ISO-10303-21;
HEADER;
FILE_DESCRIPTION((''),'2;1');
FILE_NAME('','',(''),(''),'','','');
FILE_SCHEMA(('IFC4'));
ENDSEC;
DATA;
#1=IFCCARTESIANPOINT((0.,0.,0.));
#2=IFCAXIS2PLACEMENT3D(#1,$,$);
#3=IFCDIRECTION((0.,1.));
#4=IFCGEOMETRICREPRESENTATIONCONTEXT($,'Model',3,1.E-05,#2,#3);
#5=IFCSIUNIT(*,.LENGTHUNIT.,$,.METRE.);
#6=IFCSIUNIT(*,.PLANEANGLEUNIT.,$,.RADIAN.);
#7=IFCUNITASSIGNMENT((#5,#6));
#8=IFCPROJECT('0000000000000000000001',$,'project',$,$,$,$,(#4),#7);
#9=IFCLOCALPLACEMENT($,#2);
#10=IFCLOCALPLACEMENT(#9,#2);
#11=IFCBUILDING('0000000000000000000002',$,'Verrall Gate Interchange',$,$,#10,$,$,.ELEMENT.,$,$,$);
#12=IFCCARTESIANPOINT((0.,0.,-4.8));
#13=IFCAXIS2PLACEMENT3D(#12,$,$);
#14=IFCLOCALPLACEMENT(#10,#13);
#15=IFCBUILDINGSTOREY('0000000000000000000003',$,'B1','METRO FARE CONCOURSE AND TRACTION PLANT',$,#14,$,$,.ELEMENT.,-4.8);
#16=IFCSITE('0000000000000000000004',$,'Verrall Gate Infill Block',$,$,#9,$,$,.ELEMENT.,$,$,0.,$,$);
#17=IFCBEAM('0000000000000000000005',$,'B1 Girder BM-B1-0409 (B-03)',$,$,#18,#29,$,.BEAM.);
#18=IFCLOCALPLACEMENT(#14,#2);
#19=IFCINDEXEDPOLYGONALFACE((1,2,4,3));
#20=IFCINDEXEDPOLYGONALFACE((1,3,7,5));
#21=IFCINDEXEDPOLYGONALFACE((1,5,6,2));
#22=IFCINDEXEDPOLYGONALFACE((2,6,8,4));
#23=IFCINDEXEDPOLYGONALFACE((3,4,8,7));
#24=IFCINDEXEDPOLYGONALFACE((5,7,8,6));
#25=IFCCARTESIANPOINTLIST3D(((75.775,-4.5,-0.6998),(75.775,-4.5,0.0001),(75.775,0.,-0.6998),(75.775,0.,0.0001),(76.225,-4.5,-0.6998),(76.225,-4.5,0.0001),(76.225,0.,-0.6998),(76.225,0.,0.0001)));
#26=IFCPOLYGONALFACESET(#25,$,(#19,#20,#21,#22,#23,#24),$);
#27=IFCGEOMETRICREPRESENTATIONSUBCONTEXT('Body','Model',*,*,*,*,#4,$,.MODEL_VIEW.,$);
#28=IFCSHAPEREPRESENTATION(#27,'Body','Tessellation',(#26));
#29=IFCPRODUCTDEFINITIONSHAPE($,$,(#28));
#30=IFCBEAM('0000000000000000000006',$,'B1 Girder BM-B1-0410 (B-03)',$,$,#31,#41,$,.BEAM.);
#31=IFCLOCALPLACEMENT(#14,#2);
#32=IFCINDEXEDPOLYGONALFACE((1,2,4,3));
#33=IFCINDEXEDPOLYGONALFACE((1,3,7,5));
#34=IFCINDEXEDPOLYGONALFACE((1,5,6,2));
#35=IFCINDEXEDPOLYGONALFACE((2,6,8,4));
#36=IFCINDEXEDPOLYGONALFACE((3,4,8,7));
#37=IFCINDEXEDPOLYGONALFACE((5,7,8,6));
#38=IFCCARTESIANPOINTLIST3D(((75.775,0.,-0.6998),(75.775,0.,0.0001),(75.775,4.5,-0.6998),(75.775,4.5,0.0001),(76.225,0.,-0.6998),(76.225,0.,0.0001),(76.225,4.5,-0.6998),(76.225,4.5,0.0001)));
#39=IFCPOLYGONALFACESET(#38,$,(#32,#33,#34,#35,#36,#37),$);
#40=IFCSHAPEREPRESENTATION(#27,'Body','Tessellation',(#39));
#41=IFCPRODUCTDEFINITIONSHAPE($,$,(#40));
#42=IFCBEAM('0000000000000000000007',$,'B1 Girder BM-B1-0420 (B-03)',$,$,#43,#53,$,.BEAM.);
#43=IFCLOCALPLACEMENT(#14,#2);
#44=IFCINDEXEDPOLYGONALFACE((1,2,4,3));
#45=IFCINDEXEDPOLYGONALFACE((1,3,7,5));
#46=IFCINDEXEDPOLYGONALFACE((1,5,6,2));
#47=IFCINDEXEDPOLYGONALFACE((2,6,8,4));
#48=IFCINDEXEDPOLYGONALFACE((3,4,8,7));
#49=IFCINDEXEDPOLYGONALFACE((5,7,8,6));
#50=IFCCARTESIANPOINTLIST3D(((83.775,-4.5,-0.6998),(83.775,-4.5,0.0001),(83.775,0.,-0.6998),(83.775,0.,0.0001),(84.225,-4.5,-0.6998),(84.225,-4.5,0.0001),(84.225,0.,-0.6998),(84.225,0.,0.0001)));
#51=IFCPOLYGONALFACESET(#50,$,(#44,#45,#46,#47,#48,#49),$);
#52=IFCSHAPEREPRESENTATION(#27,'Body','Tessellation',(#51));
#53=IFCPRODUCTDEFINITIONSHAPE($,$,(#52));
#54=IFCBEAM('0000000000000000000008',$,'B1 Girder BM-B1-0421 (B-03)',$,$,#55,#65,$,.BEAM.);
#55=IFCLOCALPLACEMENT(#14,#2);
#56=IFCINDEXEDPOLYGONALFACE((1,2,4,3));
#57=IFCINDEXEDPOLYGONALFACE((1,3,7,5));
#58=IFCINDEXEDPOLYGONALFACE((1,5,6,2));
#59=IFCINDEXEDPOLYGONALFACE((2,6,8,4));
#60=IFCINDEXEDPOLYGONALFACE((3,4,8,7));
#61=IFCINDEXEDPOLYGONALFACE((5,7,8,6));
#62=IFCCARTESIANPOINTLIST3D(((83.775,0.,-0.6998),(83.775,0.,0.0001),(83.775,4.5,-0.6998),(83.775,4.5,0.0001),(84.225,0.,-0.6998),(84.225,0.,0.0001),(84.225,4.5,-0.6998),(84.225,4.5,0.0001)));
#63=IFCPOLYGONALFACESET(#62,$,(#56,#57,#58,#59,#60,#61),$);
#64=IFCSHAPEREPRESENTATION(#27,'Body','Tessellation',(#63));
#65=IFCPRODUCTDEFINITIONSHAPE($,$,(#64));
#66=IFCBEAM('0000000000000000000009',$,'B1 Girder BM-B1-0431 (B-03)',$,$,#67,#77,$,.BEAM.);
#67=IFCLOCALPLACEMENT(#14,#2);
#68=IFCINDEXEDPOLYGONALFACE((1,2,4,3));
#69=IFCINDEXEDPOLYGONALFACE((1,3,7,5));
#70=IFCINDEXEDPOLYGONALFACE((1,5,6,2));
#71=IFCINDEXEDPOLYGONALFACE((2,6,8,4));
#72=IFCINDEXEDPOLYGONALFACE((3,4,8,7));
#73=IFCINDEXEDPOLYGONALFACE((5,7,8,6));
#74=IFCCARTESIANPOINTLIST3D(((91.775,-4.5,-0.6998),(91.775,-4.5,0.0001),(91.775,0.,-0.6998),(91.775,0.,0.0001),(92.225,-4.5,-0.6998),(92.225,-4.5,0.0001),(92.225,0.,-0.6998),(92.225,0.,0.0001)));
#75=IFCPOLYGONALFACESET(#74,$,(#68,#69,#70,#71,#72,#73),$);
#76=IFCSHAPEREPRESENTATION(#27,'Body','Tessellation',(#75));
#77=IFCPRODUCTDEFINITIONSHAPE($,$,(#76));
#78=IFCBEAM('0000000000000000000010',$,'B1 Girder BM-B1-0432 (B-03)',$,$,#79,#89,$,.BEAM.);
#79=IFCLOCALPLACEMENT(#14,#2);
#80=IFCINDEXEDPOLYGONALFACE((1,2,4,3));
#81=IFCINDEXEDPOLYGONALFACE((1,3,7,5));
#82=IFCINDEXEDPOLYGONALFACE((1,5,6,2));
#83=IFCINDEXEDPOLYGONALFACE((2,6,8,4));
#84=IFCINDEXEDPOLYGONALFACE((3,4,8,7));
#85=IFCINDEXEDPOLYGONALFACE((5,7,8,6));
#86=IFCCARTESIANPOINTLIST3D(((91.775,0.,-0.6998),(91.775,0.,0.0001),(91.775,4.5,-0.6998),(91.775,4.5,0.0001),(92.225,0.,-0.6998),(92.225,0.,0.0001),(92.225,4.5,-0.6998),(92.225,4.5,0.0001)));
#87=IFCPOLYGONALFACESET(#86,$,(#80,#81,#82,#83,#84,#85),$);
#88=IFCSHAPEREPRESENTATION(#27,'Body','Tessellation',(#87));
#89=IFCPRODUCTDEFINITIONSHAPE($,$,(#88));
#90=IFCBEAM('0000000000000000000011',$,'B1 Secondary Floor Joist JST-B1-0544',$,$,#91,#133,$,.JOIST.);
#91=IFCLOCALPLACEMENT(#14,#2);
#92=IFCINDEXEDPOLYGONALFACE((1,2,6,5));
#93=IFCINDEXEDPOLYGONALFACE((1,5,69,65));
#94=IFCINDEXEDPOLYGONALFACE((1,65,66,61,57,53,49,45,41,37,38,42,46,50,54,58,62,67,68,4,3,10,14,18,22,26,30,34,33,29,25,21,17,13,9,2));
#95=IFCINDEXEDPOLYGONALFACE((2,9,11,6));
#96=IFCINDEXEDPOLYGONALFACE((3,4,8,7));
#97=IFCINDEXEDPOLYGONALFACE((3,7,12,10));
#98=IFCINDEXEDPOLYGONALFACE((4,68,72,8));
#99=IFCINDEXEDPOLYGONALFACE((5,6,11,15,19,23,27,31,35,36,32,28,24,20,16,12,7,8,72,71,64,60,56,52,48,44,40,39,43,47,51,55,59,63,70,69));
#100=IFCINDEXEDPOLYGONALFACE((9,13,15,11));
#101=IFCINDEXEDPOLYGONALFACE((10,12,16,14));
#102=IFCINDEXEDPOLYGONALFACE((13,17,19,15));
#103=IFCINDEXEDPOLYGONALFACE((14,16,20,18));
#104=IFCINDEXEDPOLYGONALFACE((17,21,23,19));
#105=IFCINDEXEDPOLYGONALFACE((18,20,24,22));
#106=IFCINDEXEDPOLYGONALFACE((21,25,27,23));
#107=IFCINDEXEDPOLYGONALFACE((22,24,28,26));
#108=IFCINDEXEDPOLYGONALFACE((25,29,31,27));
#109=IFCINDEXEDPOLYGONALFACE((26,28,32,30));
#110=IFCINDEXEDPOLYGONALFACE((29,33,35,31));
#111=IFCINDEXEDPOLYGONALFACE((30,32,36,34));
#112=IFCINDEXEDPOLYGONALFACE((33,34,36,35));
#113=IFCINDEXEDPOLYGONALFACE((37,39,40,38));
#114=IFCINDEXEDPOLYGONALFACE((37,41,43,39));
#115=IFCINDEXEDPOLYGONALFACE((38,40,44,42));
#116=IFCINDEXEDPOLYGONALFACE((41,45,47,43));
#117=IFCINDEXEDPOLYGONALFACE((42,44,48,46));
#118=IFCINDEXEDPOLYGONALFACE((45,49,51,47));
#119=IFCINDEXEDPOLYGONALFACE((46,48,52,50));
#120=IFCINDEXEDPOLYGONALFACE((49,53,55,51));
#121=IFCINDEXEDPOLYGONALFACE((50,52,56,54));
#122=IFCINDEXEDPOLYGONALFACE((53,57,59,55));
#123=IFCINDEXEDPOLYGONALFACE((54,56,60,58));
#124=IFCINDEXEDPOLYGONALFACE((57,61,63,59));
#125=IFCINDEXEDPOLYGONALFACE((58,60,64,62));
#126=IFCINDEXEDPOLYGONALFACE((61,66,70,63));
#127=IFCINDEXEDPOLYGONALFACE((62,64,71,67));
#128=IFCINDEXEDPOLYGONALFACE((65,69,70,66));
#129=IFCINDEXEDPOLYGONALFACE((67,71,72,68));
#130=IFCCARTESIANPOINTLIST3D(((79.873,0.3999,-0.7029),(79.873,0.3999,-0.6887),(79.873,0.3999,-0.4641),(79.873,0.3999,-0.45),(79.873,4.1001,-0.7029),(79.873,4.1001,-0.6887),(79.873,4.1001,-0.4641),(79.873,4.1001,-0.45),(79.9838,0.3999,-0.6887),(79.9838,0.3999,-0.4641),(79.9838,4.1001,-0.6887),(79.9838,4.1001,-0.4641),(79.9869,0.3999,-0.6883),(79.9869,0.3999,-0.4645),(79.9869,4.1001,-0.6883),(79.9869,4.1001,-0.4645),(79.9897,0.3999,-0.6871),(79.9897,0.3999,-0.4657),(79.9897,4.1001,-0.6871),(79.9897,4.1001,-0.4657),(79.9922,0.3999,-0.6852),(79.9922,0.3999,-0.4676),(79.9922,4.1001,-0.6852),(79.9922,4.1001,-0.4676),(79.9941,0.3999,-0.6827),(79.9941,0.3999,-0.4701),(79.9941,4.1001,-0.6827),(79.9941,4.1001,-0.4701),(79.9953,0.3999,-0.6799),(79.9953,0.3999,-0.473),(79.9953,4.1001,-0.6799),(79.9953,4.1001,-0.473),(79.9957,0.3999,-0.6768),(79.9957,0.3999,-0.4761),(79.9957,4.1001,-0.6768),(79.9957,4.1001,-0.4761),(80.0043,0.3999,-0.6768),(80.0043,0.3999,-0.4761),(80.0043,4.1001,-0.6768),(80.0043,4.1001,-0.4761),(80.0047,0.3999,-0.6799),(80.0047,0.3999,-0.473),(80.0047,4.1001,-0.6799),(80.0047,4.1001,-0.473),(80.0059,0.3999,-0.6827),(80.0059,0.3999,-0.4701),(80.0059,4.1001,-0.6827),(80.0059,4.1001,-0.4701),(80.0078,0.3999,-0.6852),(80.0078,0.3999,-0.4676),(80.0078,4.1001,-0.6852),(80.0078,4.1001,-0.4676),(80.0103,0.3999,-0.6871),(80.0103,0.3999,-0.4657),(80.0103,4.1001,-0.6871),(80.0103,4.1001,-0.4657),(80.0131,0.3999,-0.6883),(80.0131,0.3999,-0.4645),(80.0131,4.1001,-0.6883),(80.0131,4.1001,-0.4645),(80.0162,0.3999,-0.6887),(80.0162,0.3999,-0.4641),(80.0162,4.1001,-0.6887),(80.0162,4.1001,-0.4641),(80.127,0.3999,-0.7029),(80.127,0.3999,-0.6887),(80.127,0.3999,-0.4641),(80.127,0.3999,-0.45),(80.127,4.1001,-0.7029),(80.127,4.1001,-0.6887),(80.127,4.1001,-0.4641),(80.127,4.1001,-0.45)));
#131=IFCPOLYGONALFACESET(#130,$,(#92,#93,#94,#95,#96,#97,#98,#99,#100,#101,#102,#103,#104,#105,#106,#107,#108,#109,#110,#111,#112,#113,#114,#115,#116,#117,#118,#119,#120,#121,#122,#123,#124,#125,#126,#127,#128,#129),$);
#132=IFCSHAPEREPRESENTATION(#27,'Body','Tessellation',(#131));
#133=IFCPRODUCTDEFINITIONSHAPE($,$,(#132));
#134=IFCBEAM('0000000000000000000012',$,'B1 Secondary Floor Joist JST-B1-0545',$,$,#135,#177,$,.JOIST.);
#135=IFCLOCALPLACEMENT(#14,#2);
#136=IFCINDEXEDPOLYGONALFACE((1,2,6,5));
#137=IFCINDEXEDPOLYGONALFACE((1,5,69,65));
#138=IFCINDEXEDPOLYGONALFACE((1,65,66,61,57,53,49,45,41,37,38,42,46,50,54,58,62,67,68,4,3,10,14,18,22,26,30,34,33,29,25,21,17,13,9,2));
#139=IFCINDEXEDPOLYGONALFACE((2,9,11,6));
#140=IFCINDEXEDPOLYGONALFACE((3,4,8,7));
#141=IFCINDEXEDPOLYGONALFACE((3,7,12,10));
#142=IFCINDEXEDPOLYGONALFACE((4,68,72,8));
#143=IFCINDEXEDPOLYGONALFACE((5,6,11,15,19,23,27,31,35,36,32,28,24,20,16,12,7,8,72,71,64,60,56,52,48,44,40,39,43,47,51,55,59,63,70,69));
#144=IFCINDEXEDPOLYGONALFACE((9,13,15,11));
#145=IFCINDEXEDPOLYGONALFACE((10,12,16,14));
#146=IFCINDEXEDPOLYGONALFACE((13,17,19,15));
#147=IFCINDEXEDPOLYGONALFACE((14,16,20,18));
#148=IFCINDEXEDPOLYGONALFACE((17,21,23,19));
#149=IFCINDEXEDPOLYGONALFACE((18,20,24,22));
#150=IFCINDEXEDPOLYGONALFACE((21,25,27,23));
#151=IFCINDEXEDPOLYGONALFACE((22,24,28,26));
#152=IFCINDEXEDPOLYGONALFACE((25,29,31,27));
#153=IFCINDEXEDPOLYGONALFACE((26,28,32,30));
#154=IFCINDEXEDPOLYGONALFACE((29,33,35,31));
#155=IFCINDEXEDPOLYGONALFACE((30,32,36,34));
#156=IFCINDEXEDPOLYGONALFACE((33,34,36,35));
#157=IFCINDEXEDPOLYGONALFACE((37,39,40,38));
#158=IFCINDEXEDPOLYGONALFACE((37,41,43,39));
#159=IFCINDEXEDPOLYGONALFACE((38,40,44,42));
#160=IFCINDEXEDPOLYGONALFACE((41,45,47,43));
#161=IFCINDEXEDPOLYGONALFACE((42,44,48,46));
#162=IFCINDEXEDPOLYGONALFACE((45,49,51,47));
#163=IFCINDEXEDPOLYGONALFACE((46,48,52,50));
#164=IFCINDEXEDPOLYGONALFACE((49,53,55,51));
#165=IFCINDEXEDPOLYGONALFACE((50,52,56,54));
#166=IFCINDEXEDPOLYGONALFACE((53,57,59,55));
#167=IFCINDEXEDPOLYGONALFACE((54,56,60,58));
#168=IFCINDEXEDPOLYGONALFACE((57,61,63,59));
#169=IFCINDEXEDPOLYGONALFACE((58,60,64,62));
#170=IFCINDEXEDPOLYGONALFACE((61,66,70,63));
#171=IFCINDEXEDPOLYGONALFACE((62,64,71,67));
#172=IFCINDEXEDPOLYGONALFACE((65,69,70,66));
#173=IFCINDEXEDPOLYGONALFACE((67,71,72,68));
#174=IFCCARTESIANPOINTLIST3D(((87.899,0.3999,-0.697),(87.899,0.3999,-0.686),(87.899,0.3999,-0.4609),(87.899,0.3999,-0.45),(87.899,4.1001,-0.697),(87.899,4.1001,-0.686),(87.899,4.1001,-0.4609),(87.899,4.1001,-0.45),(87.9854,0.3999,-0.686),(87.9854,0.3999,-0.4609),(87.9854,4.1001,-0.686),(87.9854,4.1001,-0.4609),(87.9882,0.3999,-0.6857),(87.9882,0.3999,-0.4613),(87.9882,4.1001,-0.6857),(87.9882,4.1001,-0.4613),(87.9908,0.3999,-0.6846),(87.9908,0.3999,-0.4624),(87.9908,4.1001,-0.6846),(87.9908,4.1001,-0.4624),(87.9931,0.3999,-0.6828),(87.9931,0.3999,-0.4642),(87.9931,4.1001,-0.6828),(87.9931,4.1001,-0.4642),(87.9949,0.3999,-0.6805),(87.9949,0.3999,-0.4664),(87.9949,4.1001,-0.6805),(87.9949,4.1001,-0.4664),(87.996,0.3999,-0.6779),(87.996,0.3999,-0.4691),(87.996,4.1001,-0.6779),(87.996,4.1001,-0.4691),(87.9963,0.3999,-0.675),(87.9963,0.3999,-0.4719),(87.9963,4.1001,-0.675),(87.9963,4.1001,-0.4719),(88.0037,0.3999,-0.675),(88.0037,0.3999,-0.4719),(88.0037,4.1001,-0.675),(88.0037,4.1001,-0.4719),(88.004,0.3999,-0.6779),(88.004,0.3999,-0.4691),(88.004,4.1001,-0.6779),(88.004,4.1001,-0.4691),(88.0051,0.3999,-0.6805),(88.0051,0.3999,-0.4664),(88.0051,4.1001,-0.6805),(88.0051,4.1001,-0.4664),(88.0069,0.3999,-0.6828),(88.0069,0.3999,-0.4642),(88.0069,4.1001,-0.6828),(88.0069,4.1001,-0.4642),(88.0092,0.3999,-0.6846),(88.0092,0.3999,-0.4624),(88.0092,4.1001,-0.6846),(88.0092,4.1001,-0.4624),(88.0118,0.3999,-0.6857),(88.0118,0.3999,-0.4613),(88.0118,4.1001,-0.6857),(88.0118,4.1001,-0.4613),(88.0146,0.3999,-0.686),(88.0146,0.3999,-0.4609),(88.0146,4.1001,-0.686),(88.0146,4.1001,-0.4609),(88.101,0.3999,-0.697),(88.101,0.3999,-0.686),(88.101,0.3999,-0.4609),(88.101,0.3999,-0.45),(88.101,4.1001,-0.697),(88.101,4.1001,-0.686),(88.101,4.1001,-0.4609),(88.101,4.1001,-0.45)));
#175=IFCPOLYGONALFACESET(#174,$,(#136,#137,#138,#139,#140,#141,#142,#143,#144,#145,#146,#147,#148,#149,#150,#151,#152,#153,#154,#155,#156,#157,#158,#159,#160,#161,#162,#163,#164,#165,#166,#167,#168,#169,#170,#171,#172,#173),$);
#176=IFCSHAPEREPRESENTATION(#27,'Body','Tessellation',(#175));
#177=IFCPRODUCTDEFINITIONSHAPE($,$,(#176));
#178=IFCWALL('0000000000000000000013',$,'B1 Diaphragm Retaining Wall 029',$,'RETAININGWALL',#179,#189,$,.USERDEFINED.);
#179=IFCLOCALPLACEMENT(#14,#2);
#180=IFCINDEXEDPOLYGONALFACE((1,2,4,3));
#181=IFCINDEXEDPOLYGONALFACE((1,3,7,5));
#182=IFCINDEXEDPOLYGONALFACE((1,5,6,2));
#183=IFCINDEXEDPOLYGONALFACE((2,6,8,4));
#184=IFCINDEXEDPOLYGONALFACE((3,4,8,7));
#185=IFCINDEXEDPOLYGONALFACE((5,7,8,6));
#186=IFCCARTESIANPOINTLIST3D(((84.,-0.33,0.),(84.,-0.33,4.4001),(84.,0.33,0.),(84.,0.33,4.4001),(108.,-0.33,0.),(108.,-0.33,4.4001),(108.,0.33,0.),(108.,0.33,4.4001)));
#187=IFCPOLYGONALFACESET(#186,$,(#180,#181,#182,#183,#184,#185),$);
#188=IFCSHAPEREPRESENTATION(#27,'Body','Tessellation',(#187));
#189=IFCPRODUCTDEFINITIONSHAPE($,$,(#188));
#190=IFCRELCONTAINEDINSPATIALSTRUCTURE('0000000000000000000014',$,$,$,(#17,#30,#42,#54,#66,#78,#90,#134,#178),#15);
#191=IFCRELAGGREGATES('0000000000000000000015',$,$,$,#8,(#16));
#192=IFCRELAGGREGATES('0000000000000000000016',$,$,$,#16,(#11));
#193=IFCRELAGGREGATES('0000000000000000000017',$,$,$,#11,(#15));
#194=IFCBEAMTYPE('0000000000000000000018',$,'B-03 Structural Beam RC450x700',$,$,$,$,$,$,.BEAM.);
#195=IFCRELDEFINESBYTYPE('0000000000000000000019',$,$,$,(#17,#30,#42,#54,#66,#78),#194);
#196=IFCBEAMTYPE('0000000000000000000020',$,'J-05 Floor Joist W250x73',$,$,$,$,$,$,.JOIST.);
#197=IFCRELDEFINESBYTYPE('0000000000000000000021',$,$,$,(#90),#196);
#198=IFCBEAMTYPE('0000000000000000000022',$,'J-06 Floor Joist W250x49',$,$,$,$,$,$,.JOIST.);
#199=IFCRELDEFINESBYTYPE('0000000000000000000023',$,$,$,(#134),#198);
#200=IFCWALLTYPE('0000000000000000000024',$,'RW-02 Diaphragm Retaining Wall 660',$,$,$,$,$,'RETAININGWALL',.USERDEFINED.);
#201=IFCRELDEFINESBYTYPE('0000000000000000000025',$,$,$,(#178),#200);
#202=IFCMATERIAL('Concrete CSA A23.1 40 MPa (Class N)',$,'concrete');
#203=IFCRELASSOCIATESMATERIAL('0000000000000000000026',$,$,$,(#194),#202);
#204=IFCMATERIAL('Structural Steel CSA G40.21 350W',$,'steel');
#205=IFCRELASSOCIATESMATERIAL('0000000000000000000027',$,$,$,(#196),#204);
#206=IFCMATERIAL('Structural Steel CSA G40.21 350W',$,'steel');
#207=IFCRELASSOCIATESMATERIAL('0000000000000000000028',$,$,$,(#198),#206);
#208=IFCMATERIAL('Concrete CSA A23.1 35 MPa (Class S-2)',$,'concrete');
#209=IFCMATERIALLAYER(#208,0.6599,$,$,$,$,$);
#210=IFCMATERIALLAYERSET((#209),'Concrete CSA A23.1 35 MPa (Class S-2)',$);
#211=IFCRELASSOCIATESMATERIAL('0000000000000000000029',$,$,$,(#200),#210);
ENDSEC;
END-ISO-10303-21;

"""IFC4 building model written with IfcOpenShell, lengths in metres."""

from ifc_helpers import new_model, si_unit, direction, frame, frame_2d, origin, origin_2d, place, context, subcontext, project, spatial, rectangle, i_section, extrude, material, layer, layer_set, material_profile, profile_set, type_object, element, save


model = new_model("IFC4")

# Units and contexts
model_context = context("Model", 3, precision=1e-05, world=origin(), true_north=direction((0.0, 1.0)))
body_context = subcontext(model_context, "Body", "Model", "MODEL_VIEW")
ifc_project = project(units=[si_unit("LENGTHUNIT", "METRE"), si_unit("PLANEANGLEUNIT", "RADIAN")], contexts=[model_context])

# Site, building, storey
site_placement = place(None, origin())
site = spatial("IfcSite", under=ifc_project, at=site_placement, Name="Verrall Gate Infill Block", CompositionType="ELEMENT", RefElevation=0.0)
building_placement = place(site_placement, origin())
building = spatial("IfcBuilding", under=site, at=building_placement, Name="Verrall Gate Interchange", CompositionType="ELEMENT")
storey_placement = place(building_placement, frame((0.0, 0.0, -4.8)))
storey = spatial("IfcBuildingStorey", under=building, at=storey_placement, Name="B1", Description="METRO FARE CONCOURSE AND TRACTION PLANT", CompositionType="ELEMENT", Elevation=-4.8)

# Beams
ifc_material_1 = material(Name="Concrete CSA A23.1 40 MPa (Class N)", Category="concrete")
ifc_material_profile_1 = material_profile(ifc_material_1, rectangle(XDim=0.45, YDim=0.7, at=origin_2d()), Name="RC450x700")
ifc_profile_set_1 = profile_set([ifc_material_profile_1], Name="Concrete CSA A23.1 40 MPa (Class N)")
beam_type_1 = type_object("IfcBeamType", Name="B-03 Structural Beam RC450x700", PredefinedType="BEAM", material=ifc_profile_set_1)
for number, where, z_axis, x_axis, name in (
    (1, (76.0, -4.5, -0.3499), (0.0, 1.0, 0.0), (-1.0, 0.0, 0.0), "B1 Girder BM-B1-0409 (B-03)"),
    (2, (76.0, 0.0, -0.3499), (0.0, 1.0, 0.0), (-1.0, 0.0, 0.0), "B1 Girder BM-B1-0410 (B-03)"),
    (3, (84.0, -4.5, -0.3499), (0.0, 1.0, 0.0), (-1.0, 0.0, 0.0), "B1 Girder BM-B1-0420 (B-03)"),
    (4, (84.0, 0.0, -0.3499), (0.0, 1.0, 0.0), (-1.0, 0.0, 0.0), "B1 Girder BM-B1-0421 (B-03)"),
    (5, (92.0, -4.5, -0.3499), (0.0, 1.0, 0.0), (-1.0, 0.0, 0.0), "B1 Girder BM-B1-0431 (B-03)"),
    (6, (92.0, 0.0, -0.3499), (0.0, 1.0, 0.0), (-1.0, 0.0, 0.0), "B1 Girder BM-B1-0432 (B-03)"),
):
    element("IfcBeam", number, at=place(storey_placement, frame(where, z_axis=z_axis, x_axis=x_axis)), inside=storey, type_object=beam_type_1, Name=name, PredefinedType="BEAM", context=body_context, shape_type="SweptSolid", body=[
        extrude(rectangle(XDim=0.45, YDim=0.7, at=origin_2d()), origin(), (0.0, 0.0, 1.0), 4.5),
    ])
ifc_material_2 = material(Name="Structural Steel CSA G40.21 350W", Category="steel")
ifc_material_profile_2 = material_profile(ifc_material_2, i_section(OverallWidth=0.2539, OverallDepth=0.2529, WebThickness=0.0085, FlangeThickness=0.0142, FilletRadius=0.012, at=origin_2d()), Name="W250x73")
ifc_profile_set_2 = profile_set([ifc_material_profile_2], Name="Structural Steel CSA G40.21 350W")
beam_type_2 = type_object("IfcBeamType", Name="J-05 Floor Joist W250x73", PredefinedType="JOIST", material=ifc_profile_set_2)
beam_1_placement = place(storey_placement, frame((80.0, 0.3999, -0.5764), z_axis=(0.0, 1.0, 0.0), x_axis=(-1.0, 0.0, 0.0)))
element("IfcBeam", 7, at=beam_1_placement, inside=storey, type_object=beam_type_2, Name="B1 Secondary Floor Joist JST-B1-0544", PredefinedType="JOIST", context=body_context, shape_type="SweptSolid", body=[
    extrude(i_section(OverallWidth=0.2539, OverallDepth=0.2529, WebThickness=0.0085, FlangeThickness=0.0142, FilletRadius=0.012, at=origin_2d()), origin(), (0.0, 0.0, 1.0), 3.7002),
])
ifc_material_3 = material(Name="Structural Steel CSA G40.21 350W", Category="steel")
ifc_material_profile_3 = material_profile(ifc_material_3, i_section(OverallWidth=0.2019, OverallDepth=0.2471, WebThickness=0.0073, FlangeThickness=0.011, FilletRadius=0.011, at=origin_2d()), Name="W250x49")
ifc_profile_set_3 = profile_set([ifc_material_profile_3], Name="Structural Steel CSA G40.21 350W")
beam_type_3 = type_object("IfcBeamType", Name="J-06 Floor Joist W250x49", PredefinedType="JOIST", material=ifc_profile_set_3)
beam_2_placement = place(storey_placement, frame((88.0, 0.3999, -0.5735), z_axis=(0.0, 1.0, 0.0), x_axis=(-1.0, 0.0, 0.0)))
element("IfcBeam", 8, at=beam_2_placement, inside=storey, type_object=beam_type_3, Name="B1 Secondary Floor Joist JST-B1-0545", PredefinedType="JOIST", context=body_context, shape_type="SweptSolid", body=[
    extrude(i_section(OverallWidth=0.2019, OverallDepth=0.2471, WebThickness=0.0073, FlangeThickness=0.011, FilletRadius=0.011, at=origin_2d()), origin(), (0.0, 0.0, 1.0), 3.7002),
])

# Wall
ifc_material_4 = material(Name="Concrete CSA A23.1 35 MPa (Class S-2)", Category="concrete")
ifc_layer = layer(ifc_material_4, 0.6599)
ifc_layer_set = layer_set([ifc_layer], Name="Concrete CSA A23.1 35 MPa (Class S-2)")
wall_type = type_object("IfcWallType", Name="RW-02 Diaphragm Retaining Wall 660", ElementType="RETAININGWALL", PredefinedType="USERDEFINED", material=ifc_layer_set)
wall_placement = place(storey_placement, frame((84.0, 0.0, 0.0), z_axis=(0.0, 0.0, 1.0), x_axis=(1.0, 0.0, 0.0)))
element("IfcWall", 9, at=wall_placement, inside=storey, type_object=wall_type, Name="B1 Diaphragm Retaining Wall 029", ObjectType="RETAININGWALL", PredefinedType="USERDEFINED", context=body_context, shape_type="SweptSolid", body=[
    extrude(rectangle(XDim=24.0, YDim=0.6599, at=frame_2d((12.0, 0.0))), origin(), (0.0, 0.0, 1.0), 4.4001),
])

save(model, "model.ifc")
